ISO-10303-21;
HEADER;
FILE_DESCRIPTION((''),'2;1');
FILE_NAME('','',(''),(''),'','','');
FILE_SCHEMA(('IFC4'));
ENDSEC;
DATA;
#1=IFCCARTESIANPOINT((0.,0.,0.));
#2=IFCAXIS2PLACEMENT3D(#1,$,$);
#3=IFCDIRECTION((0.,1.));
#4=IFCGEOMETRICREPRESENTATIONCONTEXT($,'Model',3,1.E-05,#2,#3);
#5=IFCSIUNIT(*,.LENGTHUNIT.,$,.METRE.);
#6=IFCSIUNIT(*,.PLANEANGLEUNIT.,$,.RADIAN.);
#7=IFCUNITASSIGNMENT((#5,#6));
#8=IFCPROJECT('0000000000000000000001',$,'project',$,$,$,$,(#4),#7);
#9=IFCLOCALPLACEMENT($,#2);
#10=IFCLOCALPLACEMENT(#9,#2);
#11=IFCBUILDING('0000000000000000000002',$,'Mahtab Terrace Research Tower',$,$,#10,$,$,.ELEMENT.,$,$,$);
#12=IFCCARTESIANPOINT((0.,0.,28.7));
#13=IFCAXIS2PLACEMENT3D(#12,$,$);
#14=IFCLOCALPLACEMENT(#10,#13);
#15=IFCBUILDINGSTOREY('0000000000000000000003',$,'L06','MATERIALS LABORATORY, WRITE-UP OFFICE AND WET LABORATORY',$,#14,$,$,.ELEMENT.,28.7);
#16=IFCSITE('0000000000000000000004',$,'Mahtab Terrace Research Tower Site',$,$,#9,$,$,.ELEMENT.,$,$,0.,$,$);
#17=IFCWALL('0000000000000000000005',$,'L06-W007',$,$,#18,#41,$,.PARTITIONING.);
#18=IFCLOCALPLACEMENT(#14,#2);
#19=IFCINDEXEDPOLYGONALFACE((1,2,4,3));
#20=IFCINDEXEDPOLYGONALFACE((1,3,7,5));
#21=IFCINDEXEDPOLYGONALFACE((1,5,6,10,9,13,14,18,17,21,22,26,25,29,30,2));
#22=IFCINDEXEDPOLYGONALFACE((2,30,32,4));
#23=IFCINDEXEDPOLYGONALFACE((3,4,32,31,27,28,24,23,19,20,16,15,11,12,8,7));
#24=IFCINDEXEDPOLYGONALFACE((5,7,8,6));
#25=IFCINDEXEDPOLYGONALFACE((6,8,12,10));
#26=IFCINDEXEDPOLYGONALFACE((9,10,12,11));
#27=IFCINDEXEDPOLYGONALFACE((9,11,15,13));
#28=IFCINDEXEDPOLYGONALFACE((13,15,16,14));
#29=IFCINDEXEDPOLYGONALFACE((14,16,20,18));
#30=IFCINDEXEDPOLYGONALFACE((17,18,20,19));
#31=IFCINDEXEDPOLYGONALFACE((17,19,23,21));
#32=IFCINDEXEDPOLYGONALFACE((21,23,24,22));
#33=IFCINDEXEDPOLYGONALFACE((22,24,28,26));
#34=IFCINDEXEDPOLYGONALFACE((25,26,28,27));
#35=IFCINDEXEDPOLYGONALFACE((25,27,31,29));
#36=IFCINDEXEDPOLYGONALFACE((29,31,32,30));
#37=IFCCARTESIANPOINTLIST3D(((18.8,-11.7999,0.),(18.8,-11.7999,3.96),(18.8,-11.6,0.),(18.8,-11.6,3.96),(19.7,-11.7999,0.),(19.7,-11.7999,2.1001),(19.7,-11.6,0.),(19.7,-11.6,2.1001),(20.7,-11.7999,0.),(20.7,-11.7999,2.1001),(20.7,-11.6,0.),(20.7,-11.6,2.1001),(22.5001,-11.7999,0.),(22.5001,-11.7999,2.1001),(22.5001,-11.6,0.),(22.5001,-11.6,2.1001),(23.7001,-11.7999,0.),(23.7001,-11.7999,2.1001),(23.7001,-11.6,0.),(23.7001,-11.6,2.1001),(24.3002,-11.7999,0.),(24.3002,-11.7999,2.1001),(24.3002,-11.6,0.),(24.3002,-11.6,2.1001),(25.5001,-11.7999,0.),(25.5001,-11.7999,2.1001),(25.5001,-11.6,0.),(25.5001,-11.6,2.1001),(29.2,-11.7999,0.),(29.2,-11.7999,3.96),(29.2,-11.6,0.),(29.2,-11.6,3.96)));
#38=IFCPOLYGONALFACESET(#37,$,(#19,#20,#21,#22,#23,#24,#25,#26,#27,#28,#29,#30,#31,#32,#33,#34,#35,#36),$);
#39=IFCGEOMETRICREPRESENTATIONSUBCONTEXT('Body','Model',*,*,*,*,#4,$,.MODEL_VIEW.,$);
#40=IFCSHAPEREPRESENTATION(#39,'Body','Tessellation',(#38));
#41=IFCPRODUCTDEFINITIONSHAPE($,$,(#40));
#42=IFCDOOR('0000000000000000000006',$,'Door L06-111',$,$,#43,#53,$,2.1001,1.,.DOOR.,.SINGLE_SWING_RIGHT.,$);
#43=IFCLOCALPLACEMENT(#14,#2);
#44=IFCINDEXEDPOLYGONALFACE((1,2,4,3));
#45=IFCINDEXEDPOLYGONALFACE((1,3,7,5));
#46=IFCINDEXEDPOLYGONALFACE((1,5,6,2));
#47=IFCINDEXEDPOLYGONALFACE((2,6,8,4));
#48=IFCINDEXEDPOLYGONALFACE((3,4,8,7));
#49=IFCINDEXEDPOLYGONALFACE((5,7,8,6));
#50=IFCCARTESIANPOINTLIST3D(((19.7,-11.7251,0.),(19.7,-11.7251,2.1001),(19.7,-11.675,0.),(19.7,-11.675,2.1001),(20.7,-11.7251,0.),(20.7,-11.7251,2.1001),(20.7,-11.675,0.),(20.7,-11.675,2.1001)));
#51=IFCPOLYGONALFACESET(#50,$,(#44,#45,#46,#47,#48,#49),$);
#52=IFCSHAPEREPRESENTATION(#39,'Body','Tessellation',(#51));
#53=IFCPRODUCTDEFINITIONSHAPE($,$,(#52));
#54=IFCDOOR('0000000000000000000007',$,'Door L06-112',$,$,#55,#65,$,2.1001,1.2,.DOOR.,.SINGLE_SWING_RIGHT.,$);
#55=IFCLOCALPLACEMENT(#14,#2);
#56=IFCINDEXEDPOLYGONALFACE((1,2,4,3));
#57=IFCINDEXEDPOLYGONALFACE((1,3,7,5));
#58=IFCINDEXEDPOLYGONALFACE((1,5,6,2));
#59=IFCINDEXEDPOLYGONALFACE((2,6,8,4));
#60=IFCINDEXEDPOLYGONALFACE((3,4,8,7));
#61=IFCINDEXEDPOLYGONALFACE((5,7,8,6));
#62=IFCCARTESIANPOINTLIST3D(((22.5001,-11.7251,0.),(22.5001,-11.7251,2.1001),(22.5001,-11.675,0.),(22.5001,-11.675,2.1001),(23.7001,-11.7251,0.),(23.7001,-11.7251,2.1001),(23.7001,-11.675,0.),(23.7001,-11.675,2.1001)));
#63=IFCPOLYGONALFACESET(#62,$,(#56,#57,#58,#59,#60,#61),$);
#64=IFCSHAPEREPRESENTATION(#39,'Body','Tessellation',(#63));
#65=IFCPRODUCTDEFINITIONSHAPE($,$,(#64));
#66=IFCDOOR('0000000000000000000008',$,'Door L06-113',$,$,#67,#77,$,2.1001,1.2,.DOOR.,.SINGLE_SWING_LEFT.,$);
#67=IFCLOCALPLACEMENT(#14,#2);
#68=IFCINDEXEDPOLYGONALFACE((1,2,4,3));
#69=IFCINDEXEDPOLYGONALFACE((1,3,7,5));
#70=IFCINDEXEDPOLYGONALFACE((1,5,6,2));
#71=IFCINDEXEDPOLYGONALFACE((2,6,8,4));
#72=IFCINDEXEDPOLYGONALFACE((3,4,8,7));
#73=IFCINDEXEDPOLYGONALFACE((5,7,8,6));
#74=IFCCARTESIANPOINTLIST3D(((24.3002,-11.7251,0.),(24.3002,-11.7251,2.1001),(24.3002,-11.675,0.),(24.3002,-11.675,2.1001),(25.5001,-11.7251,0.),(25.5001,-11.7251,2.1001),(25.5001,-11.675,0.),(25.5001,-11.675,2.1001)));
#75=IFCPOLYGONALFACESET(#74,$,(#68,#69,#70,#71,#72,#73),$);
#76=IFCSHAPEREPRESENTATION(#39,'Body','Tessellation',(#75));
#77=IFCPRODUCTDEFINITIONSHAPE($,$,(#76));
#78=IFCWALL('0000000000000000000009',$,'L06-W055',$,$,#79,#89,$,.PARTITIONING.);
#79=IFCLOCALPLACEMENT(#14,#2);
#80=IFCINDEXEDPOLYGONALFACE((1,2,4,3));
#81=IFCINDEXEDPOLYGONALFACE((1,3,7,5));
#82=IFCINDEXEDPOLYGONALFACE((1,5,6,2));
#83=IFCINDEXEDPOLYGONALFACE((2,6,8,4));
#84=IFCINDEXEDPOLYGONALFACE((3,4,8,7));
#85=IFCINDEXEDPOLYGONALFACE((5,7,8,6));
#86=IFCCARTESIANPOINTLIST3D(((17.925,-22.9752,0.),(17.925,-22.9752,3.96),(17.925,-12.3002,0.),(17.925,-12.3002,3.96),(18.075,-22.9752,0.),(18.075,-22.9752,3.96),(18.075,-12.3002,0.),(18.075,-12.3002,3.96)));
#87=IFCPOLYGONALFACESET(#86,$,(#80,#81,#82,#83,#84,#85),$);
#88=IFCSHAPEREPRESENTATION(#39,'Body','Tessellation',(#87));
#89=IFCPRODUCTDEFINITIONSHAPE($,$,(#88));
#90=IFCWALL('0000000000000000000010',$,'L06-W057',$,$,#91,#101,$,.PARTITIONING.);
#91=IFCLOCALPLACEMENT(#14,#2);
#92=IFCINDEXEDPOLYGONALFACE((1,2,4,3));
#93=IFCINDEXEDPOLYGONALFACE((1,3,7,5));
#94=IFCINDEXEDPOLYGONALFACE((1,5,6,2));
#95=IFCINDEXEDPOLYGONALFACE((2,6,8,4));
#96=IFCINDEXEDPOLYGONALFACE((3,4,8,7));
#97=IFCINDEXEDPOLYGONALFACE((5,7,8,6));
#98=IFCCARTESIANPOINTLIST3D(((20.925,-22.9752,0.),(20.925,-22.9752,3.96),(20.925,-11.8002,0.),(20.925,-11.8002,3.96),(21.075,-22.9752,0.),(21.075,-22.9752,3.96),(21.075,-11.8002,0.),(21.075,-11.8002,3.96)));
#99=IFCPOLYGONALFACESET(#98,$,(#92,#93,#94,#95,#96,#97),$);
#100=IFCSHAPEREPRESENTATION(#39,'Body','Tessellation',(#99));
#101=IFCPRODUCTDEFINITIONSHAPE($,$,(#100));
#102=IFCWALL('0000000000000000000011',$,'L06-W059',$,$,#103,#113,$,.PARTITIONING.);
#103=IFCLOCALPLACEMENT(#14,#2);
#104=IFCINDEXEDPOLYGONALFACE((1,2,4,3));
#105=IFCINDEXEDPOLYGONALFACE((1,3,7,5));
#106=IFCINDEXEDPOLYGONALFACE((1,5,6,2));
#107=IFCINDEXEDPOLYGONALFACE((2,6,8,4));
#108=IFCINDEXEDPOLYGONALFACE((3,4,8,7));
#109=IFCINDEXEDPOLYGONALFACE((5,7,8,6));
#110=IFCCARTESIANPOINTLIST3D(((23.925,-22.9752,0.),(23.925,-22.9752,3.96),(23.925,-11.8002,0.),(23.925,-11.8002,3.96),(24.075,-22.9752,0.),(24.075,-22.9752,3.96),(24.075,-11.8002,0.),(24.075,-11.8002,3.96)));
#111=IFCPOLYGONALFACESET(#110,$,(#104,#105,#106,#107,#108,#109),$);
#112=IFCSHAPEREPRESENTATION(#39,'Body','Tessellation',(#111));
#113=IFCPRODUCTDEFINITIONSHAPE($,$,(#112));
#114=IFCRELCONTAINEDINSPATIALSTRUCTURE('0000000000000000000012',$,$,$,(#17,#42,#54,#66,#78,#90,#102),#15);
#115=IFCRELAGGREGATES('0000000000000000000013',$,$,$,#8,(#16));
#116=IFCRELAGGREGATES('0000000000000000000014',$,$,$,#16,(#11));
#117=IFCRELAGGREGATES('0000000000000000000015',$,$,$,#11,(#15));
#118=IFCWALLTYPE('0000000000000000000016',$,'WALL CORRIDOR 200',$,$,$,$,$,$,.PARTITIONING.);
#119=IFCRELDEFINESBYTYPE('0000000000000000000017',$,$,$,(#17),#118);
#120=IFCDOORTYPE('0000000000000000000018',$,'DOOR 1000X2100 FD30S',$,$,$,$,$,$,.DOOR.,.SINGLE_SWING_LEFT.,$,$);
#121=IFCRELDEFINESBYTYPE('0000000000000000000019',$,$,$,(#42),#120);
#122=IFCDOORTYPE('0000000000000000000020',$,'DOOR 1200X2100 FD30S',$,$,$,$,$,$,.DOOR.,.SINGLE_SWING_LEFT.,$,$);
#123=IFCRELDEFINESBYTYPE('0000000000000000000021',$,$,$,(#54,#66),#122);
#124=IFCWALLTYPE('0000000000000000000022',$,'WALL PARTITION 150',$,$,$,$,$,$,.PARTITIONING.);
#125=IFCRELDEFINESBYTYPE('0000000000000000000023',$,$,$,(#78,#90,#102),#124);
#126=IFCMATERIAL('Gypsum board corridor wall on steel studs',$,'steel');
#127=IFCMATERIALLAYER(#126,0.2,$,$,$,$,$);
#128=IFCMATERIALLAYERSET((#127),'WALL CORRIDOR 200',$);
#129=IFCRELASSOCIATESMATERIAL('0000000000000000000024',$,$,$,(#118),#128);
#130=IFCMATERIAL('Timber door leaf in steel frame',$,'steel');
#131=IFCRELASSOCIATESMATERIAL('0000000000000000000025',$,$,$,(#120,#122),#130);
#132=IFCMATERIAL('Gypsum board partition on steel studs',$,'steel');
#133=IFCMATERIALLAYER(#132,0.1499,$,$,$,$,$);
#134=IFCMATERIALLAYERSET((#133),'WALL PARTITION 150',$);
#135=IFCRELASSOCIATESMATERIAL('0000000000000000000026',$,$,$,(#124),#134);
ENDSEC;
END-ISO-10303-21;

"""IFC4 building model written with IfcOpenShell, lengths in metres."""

from ifc_helpers import new_model, si_unit, direction, frame, frame_2d, origin, place, context, subcontext, project, spatial, rectangle, extrude, material, layer, layer_set, type_object, element, fill, save


model = new_model("IFC4")

# Units and contexts
model_context = context("Model", 3, precision=1e-05, world=origin(), true_north=direction((0.0, 1.0)))
body_context = subcontext(model_context, "Body", "Model", "MODEL_VIEW")
ifc_project = project(units=[si_unit("LENGTHUNIT", "METRE"), si_unit("PLANEANGLEUNIT", "RADIAN")], contexts=[model_context])

# Site, building, storey
site_placement = place(None, origin())
site = spatial("IfcSite", under=ifc_project, at=site_placement, Name="Mahtab Terrace Research Tower Site", CompositionType="ELEMENT", RefElevation=0.0)
building_placement = place(site_placement, origin())
building = spatial("IfcBuilding", under=site, at=building_placement, Name="Mahtab Terrace Research Tower", CompositionType="ELEMENT")
storey_placement = place(building_placement, frame((0.0, 0.0, 28.7)))
storey = spatial("IfcBuildingStorey", under=building, at=storey_placement, Name="L06", Description="MATERIALS LABORATORY, WRITE-UP OFFICE AND WET LABORATORY", CompositionType="ELEMENT", Elevation=28.7)

# Wall, openings, doors
ifc_material_1 = material(Name="Gypsum board corridor wall on steel studs", Category="steel")
ifc_layer_1 = layer(ifc_material_1, 0.2)
ifc_layer_set_1 = layer_set([ifc_layer_1], Name="WALL CORRIDOR 200")
wall_type_1 = type_object("IfcWallType", Name="WALL CORRIDOR 200", PredefinedType="PARTITIONING", material=ifc_layer_set_1)
wall_1_placement = place(storey_placement, frame((18.8, -11.7, 0.0), z_axis=(0.0, 0.0, 1.0), x_axis=(1.0, 0.0, 0.0)))
wall_1 = element("IfcWall", 1, at=wall_1_placement, inside=storey, type_object=wall_type_1, Name="L06-W007", PredefinedType="PARTITIONING", context=body_context, shape_type="SweptSolid", body=[
    extrude(rectangle(XDim=10.3999, YDim=0.2, at=frame_2d((5.2, 0.0))), origin(), (0.0, 0.0, 1.0), 3.96),
])
opening_1_placement = place(wall_1_placement, frame((0.8999, 0.0, 0.0)))
opening_1 = element("IfcOpeningElement", 2, at=opening_1_placement, cuts=wall_1, PredefinedType="OPENING", context=body_context, shape_type="SweptSolid", body=[
    extrude(rectangle(XDim=1.0, YDim=2.1001, at=frame_2d((0.5, 1.05))), frame((0.0, 0.1099, 0.0), z_axis=(0.0, -1.0, 0.0), x_axis=(1.0, 0.0, 0.0)), (0.0, 0.0, 1.0), 0.22),
])
opening_2_placement = place(wall_1_placement, frame((3.7, 0.0, 0.0)))
opening_2 = element("IfcOpeningElement", 3, at=opening_2_placement, cuts=wall_1, PredefinedType="OPENING", context=body_context, shape_type="SweptSolid", body=[
    extrude(rectangle(XDim=1.2, YDim=2.1001, at=frame_2d((0.6001, 1.05))), frame((0.0, 0.1099, 0.0), z_axis=(0.0, -1.0, 0.0), x_axis=(1.0, 0.0, 0.0)), (0.0, 0.0, 1.0), 0.22),
])
opening_3_placement = place(wall_1_placement, frame((5.5, 0.0, 0.0)))
opening_3 = element("IfcOpeningElement", 4, at=opening_3_placement, cuts=wall_1, PredefinedType="OPENING", context=body_context, shape_type="SweptSolid", body=[
    extrude(rectangle(XDim=1.2, YDim=2.1001, at=frame_2d((0.6001, 1.05))), frame((0.0, 0.1099, 0.0), z_axis=(0.0, -1.0, 0.0), x_axis=(1.0, 0.0, 0.0)), (0.0, 0.0, 1.0), 0.22),
])
ifc_material_2 = material(Name="Timber door leaf in steel frame", Category="steel")
door_type_1 = type_object("IfcDoorType", Name="DOOR 1000X2100 FD30S", OperationType="SINGLE_SWING_LEFT", PredefinedType="DOOR", material=ifc_material_2)
door_1_placement = place(opening_1_placement, origin())
door_1 = element("IfcDoor", 5, at=door_1_placement, inside=storey, type_object=door_type_1, Name="Door L06-111", OperationType="SINGLE_SWING_RIGHT", OverallHeight=2.1001, OverallWidth=1.0, PredefinedType="DOOR", context=body_context, shape_type="SweptSolid", body=[
    extrude(rectangle(XDim=1.0, YDim=2.1001, at=frame_2d((0.5, 1.05))), frame((0.0, 0.0249, 0.0), z_axis=(0.0, -1.0, 0.0), x_axis=(1.0, 0.0, 0.0)), (0.0, 0.0, 1.0), 0.05),
])
fill(opening_1, door_1)
door_type_2 = type_object("IfcDoorType", Name="DOOR 1200X2100 FD30S", OperationType="SINGLE_SWING_LEFT", PredefinedType="DOOR", material=ifc_material_2)
door_2_placement = place(opening_2_placement, origin())
door_2 = element("IfcDoor", 6, at=door_2_placement, inside=storey, type_object=door_type_2, Name="Door L06-112", OperationType="SINGLE_SWING_RIGHT", OverallHeight=2.1001, OverallWidth=1.2, PredefinedType="DOOR", context=body_context, shape_type="SweptSolid", body=[
    extrude(rectangle(XDim=1.2, YDim=2.1001, at=frame_2d((0.6001, 1.05))), frame((0.0, 0.0249, 0.0), z_axis=(0.0, -1.0, 0.0), x_axis=(1.0, 0.0, 0.0)), (0.0, 0.0, 1.0), 0.05),
])
fill(opening_2, door_2)
door_3_placement = place(opening_3_placement, origin())
door_3 = element("IfcDoor", 7, at=door_3_placement, inside=storey, type_object=door_type_2, Name="Door L06-113", OperationType="SINGLE_SWING_LEFT", OverallHeight=2.1001, OverallWidth=1.2, PredefinedType="DOOR", context=body_context, shape_type="SweptSolid", body=[
    extrude(rectangle(XDim=1.2, YDim=2.1001, at=frame_2d((0.6001, 1.05))), frame((0.0, 0.0249, 0.0), z_axis=(0.0, -1.0, 0.0), x_axis=(1.0, 0.0, 0.0)), (0.0, 0.0, 1.0), 0.05),
])
fill(opening_3, door_3)

# Walls
ifc_material_3 = material(Name="Gypsum board partition on steel studs", Category="steel")
ifc_layer_2 = layer(ifc_material_3, 0.1499)
ifc_layer_set_2 = layer_set([ifc_layer_2], Name="WALL PARTITION 150")
wall_type_2 = type_object("IfcWallType", Name="WALL PARTITION 150", PredefinedType="PARTITIONING", material=ifc_layer_set_2)
wall_2_placement = place(storey_placement, frame((18.0, -22.9751, 0.0), z_axis=(0.0, 0.0, 1.0), x_axis=(0.0, 1.0, 0.0)))
element("IfcWall", 8, at=wall_2_placement, inside=storey, type_object=wall_type_2, Name="L06-W055", PredefinedType="PARTITIONING", context=body_context, shape_type="SweptSolid", body=[
    extrude(rectangle(XDim=10.675, YDim=0.1499, at=frame_2d((5.3374, 0.0))), origin(), (0.0, 0.0, 1.0), 3.96),
])
for number, where, z_axis, x_axis, name in (
    (9, (21.0, -22.9751, 0.0), (0.0, 0.0, 1.0), (0.0, 1.0, 0.0), "L06-W057"),
    (10, (24.0, -22.9751, 0.0), (0.0, 0.0, 1.0), (0.0, 1.0, 0.0), "L06-W059"),
):
    element("IfcWall", number, at=place(storey_placement, frame(where, z_axis=z_axis, x_axis=x_axis)), inside=storey, type_object=wall_type_2, Name=name, PredefinedType="PARTITIONING", context=body_context, shape_type="SweptSolid", body=[
        extrude(rectangle(XDim=11.175, YDim=0.1499, at=frame_2d((5.5874, 0.0))), origin(), (0.0, 0.0, 1.0), 3.96),
    ])

save(model, "model.ifc")
